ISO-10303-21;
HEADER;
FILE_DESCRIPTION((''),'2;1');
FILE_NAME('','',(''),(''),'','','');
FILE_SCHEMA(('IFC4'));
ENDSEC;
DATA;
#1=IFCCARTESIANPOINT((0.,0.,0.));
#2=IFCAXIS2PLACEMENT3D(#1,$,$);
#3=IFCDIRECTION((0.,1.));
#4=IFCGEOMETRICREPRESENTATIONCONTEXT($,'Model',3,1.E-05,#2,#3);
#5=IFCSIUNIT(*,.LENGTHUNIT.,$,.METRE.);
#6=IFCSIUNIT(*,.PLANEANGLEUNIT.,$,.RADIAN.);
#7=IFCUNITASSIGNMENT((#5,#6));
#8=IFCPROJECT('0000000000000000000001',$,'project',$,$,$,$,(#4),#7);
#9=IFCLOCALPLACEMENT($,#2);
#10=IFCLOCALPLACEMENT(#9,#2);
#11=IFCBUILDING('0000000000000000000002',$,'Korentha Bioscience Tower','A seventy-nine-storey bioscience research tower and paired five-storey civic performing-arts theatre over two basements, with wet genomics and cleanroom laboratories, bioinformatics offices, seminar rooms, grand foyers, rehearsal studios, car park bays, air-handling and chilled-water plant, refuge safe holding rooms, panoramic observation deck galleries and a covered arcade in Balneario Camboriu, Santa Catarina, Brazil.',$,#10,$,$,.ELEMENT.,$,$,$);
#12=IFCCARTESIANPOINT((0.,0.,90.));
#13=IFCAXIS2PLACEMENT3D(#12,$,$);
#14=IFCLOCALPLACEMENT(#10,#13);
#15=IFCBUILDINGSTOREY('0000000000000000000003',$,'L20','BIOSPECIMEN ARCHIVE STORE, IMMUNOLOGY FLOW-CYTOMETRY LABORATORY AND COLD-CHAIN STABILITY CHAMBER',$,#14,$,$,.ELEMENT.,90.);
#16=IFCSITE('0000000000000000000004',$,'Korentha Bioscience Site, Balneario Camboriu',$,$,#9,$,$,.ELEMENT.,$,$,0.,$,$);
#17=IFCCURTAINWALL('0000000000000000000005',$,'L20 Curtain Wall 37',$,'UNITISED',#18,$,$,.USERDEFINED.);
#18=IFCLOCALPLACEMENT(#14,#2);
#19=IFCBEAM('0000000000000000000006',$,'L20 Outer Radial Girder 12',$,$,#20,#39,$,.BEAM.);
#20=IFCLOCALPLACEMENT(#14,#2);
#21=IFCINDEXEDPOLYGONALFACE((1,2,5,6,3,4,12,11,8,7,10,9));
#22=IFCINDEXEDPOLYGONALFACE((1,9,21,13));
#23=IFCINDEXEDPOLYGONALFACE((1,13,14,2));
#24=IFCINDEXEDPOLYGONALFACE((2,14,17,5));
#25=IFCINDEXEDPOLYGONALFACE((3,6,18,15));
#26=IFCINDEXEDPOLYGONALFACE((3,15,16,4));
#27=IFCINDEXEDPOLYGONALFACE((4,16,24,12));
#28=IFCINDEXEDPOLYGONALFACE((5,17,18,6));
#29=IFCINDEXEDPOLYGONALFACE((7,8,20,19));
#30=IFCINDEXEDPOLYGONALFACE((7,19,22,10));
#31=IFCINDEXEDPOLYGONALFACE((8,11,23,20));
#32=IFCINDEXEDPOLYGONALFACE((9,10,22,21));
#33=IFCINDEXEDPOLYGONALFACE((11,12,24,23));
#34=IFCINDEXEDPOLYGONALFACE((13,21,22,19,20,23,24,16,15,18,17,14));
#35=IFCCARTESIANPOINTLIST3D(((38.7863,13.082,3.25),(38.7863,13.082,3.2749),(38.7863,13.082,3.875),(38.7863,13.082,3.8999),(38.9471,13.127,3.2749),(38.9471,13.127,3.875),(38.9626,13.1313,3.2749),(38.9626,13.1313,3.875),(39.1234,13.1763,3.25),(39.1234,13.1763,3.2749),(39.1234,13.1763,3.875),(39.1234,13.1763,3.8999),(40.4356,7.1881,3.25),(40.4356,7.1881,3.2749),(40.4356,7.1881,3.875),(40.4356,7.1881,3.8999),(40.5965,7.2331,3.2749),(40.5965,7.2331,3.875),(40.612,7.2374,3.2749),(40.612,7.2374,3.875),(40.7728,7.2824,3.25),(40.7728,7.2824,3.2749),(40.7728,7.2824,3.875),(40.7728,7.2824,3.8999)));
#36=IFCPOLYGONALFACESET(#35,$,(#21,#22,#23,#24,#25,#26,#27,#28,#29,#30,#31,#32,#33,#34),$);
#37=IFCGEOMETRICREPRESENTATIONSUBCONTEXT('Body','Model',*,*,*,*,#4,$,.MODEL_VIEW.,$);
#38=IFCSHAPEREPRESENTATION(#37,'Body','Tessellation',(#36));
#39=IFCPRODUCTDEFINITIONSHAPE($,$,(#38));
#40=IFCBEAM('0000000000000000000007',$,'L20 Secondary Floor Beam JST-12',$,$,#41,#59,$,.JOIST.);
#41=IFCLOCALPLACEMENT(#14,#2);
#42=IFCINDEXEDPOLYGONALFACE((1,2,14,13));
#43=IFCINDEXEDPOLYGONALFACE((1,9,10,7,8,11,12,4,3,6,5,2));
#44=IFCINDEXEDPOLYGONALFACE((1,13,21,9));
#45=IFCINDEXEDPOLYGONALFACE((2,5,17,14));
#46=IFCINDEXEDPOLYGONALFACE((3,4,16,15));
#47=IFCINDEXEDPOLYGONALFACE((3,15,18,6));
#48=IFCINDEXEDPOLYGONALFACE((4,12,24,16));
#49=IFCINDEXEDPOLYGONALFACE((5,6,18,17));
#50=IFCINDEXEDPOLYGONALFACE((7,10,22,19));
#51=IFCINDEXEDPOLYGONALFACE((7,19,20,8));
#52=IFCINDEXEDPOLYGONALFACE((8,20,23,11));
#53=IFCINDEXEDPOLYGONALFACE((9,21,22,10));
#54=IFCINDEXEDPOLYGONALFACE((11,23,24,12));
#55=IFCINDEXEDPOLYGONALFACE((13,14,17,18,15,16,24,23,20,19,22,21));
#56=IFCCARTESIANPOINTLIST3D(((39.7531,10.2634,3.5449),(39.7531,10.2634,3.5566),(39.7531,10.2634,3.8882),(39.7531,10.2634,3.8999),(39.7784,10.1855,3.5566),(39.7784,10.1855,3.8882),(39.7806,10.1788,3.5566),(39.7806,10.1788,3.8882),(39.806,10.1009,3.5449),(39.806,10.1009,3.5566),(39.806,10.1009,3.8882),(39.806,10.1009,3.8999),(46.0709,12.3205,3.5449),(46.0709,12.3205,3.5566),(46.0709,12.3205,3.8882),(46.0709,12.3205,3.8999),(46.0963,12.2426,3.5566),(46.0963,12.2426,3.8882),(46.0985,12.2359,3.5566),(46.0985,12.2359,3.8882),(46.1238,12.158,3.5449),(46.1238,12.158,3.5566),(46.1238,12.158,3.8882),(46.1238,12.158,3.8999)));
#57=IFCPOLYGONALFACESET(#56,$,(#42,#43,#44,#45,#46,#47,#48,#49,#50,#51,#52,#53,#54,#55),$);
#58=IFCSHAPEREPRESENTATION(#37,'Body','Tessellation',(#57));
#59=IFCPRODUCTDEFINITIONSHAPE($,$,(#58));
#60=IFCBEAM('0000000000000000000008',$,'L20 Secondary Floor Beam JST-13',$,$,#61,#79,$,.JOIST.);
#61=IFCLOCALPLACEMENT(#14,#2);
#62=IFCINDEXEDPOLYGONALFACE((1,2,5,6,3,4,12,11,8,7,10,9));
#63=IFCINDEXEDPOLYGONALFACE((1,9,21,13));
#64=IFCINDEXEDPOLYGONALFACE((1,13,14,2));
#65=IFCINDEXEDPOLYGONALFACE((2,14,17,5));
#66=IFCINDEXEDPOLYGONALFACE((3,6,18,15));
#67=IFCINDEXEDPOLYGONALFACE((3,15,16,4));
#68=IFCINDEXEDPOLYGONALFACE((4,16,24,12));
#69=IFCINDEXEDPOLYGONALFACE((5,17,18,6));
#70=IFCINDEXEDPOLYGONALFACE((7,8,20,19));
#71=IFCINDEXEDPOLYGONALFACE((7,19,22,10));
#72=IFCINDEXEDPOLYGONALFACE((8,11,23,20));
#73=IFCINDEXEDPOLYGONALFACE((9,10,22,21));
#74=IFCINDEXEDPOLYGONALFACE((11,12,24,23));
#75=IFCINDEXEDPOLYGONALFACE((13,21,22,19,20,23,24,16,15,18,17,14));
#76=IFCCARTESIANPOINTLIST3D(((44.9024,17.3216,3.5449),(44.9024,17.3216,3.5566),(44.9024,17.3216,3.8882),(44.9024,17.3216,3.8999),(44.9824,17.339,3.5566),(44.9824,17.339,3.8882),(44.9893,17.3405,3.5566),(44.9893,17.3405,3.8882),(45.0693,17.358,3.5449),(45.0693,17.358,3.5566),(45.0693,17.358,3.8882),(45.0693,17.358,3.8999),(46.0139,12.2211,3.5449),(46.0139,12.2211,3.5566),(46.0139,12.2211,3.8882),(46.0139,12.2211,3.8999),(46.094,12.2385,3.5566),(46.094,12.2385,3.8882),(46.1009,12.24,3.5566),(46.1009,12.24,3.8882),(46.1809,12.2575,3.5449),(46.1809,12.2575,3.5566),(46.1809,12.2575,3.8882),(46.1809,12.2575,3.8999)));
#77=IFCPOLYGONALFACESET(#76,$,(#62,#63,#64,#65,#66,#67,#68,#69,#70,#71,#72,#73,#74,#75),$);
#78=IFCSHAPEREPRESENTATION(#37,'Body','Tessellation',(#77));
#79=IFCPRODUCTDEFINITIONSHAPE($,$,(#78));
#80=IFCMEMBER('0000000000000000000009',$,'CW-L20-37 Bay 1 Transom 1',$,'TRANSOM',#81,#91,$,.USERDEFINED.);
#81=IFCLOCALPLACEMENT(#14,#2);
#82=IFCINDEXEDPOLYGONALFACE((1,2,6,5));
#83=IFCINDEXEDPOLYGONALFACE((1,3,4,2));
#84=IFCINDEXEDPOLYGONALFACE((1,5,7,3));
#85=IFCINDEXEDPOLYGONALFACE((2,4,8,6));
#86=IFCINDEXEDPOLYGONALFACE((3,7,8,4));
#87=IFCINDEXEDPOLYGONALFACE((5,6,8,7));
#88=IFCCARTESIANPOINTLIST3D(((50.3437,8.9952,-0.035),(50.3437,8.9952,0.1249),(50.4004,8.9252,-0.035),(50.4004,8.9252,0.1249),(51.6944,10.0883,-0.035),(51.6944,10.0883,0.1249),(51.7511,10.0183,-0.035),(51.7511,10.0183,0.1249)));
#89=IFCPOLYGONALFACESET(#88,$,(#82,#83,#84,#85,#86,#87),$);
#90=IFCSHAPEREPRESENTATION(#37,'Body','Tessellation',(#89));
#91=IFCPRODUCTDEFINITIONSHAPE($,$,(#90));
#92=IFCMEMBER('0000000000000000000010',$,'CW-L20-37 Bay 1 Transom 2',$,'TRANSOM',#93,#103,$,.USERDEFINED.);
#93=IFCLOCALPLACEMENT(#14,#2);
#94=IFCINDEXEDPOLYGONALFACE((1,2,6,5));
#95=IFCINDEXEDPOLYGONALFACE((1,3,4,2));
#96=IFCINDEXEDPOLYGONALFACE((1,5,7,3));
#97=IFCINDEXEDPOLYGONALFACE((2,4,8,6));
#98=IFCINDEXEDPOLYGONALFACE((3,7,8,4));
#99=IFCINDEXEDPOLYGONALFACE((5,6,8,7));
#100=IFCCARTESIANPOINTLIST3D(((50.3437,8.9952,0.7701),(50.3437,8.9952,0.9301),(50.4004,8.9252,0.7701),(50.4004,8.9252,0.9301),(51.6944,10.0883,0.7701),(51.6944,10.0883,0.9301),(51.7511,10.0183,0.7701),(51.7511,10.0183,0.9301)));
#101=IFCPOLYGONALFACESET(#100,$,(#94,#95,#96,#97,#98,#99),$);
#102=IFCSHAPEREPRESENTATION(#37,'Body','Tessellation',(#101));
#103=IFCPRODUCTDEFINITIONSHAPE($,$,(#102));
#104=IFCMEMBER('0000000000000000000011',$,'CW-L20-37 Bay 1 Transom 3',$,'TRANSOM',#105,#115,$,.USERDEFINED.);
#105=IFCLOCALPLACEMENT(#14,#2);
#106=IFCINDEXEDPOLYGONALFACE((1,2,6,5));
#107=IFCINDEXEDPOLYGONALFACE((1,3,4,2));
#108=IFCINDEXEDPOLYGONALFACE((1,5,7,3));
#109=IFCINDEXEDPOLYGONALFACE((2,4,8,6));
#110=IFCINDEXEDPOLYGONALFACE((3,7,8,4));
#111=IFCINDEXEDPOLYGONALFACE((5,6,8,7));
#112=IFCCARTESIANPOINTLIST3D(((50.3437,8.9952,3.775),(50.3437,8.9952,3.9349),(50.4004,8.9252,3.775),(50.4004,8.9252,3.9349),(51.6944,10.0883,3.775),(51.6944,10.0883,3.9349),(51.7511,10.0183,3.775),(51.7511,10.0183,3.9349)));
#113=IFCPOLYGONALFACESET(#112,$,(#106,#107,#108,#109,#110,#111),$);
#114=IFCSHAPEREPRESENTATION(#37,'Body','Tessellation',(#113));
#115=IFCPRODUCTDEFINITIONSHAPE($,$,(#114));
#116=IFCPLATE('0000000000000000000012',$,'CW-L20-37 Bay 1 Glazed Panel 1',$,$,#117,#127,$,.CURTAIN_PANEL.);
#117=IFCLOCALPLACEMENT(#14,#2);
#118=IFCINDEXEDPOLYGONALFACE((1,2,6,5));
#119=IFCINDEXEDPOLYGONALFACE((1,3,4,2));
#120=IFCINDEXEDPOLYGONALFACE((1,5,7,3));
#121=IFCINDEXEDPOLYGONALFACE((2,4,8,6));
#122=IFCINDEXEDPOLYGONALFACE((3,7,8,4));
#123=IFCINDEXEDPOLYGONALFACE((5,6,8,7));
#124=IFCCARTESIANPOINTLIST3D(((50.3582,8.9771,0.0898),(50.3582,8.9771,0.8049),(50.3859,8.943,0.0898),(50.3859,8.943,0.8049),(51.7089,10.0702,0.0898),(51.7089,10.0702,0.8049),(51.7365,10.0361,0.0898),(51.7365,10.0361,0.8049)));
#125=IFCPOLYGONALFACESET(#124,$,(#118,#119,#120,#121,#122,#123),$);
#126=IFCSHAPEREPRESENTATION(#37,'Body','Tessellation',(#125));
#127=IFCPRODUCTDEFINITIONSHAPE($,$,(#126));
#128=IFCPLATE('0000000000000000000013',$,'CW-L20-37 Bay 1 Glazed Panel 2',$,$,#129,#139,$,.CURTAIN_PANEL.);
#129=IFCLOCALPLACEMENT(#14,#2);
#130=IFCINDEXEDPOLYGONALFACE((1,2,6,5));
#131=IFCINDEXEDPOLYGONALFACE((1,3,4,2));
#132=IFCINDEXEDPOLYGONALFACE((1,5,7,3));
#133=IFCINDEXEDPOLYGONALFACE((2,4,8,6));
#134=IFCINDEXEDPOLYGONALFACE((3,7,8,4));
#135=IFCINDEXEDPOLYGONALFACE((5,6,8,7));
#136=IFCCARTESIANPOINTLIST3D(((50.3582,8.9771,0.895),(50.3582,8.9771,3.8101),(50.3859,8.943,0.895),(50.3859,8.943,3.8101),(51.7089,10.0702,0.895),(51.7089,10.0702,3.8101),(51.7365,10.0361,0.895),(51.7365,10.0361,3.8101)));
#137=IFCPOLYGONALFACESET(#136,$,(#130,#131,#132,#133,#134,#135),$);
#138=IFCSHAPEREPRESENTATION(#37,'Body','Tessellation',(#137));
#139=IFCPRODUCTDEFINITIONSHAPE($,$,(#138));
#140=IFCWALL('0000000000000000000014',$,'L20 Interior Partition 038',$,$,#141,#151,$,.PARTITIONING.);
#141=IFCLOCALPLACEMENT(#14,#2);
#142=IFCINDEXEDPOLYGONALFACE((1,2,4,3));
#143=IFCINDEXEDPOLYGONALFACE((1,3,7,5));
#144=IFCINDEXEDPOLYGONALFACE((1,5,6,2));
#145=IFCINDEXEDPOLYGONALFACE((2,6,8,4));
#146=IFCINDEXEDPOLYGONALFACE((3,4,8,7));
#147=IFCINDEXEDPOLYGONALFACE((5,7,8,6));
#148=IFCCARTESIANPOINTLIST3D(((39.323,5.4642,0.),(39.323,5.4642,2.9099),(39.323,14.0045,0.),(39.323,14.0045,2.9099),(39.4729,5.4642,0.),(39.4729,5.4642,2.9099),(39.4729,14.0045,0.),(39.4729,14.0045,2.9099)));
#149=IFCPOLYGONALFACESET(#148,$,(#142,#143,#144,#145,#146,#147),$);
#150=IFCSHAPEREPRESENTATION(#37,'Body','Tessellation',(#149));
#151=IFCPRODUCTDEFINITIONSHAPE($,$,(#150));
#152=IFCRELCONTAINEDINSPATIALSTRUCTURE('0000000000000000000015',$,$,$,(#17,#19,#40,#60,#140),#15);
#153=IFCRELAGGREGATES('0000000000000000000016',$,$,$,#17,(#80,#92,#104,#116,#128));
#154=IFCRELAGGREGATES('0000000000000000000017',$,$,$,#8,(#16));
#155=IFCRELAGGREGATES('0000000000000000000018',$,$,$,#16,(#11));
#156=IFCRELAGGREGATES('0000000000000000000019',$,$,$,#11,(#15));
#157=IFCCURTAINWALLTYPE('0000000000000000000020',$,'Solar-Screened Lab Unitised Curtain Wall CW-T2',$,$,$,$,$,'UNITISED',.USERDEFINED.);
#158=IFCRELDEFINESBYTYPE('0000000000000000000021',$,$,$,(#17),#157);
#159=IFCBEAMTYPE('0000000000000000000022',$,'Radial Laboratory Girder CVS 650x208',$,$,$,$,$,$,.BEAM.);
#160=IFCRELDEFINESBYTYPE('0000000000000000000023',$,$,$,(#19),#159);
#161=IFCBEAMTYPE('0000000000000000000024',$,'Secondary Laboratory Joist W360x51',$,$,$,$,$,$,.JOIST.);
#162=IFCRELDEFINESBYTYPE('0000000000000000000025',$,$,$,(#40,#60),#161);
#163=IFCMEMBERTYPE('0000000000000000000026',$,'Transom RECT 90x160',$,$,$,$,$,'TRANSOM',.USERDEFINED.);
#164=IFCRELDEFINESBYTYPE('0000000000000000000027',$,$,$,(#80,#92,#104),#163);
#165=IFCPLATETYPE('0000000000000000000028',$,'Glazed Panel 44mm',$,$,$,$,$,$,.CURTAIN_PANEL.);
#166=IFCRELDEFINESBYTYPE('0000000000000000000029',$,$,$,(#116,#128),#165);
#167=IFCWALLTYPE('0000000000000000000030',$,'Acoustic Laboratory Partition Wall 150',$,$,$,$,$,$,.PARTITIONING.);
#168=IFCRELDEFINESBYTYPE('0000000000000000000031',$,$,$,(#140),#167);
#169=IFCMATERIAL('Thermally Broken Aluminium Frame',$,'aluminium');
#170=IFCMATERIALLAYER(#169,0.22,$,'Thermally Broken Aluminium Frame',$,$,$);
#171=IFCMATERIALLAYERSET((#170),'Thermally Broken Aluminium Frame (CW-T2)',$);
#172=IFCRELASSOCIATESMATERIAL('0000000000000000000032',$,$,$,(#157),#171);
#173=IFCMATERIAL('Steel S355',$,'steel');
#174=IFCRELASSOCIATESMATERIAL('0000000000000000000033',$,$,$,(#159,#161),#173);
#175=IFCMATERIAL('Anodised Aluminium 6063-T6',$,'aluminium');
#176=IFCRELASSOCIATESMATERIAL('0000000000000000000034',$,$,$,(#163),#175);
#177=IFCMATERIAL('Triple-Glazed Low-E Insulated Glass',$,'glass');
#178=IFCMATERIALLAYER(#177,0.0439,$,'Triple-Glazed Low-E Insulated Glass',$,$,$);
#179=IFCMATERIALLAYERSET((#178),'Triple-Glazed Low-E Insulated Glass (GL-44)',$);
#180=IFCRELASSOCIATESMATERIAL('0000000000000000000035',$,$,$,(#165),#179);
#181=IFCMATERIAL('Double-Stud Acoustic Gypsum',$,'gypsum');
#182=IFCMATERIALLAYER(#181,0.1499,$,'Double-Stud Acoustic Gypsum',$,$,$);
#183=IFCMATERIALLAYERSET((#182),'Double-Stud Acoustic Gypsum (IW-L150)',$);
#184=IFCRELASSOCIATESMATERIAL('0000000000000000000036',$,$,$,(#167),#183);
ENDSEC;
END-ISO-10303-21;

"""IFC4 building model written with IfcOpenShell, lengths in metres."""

from ifc_helpers import new_model, si_unit, direction, frame, frame_2d, origin, origin_2d, place, context, subcontext, project, spatial, rectangle, i_section, extrude, material, layer, layer_set, material_profile, profile_set, type_object, element, aggregate, save


model = new_model("IFC4")

# Units and contexts
model_context = context("Model", 3, precision=1e-05, world=origin(), true_north=direction((0.0, 1.0)))
body_context = subcontext(model_context, "Body", "Model", "MODEL_VIEW")
ifc_project = project(units=[si_unit("LENGTHUNIT", "METRE"), si_unit("PLANEANGLEUNIT", "RADIAN")], contexts=[model_context])

# Site, building, storey
site_placement = place(None, origin())
site = spatial("IfcSite", under=ifc_project, at=site_placement, Name="Korentha Bioscience Site, Balneario Camboriu", CompositionType="ELEMENT", RefElevation=0.0)
building_placement = place(site_placement, origin())
building = spatial("IfcBuilding", under=site, at=building_placement, Name="Korentha Bioscience Tower", Description="A seventy-nine-storey bioscience research tower and paired five-storey civic performing-arts theatre over two basements, with wet genomics and cleanroom laboratories, bioinformatics offices, seminar rooms, grand foyers, rehearsal studios, car park bays, air-handling and chilled-water plant, refuge safe holding rooms, panoramic observation deck galleries and a covered arcade in Balneario Camboriu, Santa Catarina, Brazil.", CompositionType="ELEMENT")
storey_placement = place(building_placement, frame((0.0, 0.0, 90.0)))
storey = spatial("IfcBuildingStorey", under=building, at=storey_placement, Name="L20", Description="BIOSPECIMEN ARCHIVE STORE, IMMUNOLOGY FLOW-CYTOMETRY LABORATORY AND COLD-CHAIN STABILITY CHAMBER", CompositionType="ELEMENT", Elevation=90.0)

# Shared definitions
ifc_material_1 = material(Name="Steel S355", Category="steel")

# Curtain wall
ifc_material_2 = material(Name="Thermally Broken Aluminium Frame", Category="aluminium")
ifc_layer_1 = layer(ifc_material_2, 0.22, Name="Thermally Broken Aluminium Frame")
ifc_layer_set_1 = layer_set([ifc_layer_1], Name="Thermally Broken Aluminium Frame (CW-T2)")
curtain_wall_type = type_object("IfcCurtainWallType", Name="Solar-Screened Lab Unitised Curtain Wall CW-T2", ElementType="UNITISED", PredefinedType="USERDEFINED", material=ifc_layer_set_1)
curtain_wall_placement = place(storey_placement, origin())
curtain_wall = element("IfcCurtainWall", 1, at=curtain_wall_placement, inside=storey, type_object=curtain_wall_type, Name="L20 Curtain Wall 37", ObjectType="UNITISED", PredefinedType="USERDEFINED")
ifc_material_3 = material(Name="Anodised Aluminium 6063-T6", Category="aluminium")

# Beams
ifc_material_profile_1 = material_profile(ifc_material_1, i_section(OverallWidth=0.3501, OverallDepth=0.6499, WebThickness=0.0161, FlangeThickness=0.0249, at=origin_2d()), Name="Steel S355")
ifc_profile_set_1 = profile_set([ifc_material_profile_1], Name="Steel S355 (RB-650)")
beam_type_1 = type_object("IfcBeamType", Name="Radial Laboratory Girder CVS 650x208", PredefinedType="BEAM", material=ifc_profile_set_1)
beam_1_placement = place(storey_placement, frame((38.9548, 13.1292, 3.575), z_axis=(0.269491, -0.963003, 0.0), x_axis=(0.963003, 0.269491, 0.0)))
element("IfcBeam", 2, at=beam_1_placement, inside=storey, type_object=beam_type_1, Name="L20 Outer Radial Girder 12", PredefinedType="BEAM", context=body_context, shape_type="SweptSolid", body=[
    extrude(i_section(OverallWidth=0.3501, OverallDepth=0.6499, WebThickness=0.0161, FlangeThickness=0.0249, at=origin_2d()), origin(), (0.0, 0.0, 1.0), 6.1204),
])
ifc_material_profile_2 = material_profile(ifc_material_1, i_section(OverallWidth=0.1709, OverallDepth=0.355, WebThickness=0.0071, FlangeThickness=0.0117, at=origin_2d()), Name="Steel S355")
ifc_profile_set_2 = profile_set([ifc_material_profile_2], Name="Steel S355 (JB-360)")
beam_type_2 = type_object("IfcBeamType", Name="Secondary Laboratory Joist W360x51", PredefinedType="JOIST", material=ifc_profile_set_2)
beam_2_placement = place(storey_placement, frame((39.7795, 10.1821, 3.7224), z_axis=(0.950865, 0.309606, 0.0), x_axis=(-0.309606, 0.950865, 0.0)))
element("IfcBeam", 3, at=beam_2_placement, inside=storey, type_object=beam_type_2, Name="L20 Secondary Floor Beam JST-12", PredefinedType="JOIST", context=body_context, shape_type="SweptSolid", body=[
    extrude(i_section(OverallWidth=0.1709, OverallDepth=0.355, WebThickness=0.0071, FlangeThickness=0.0117, at=origin_2d()), origin(), (0.0, 0.0, 1.0), 6.6443),
])
beam_3_placement = place(storey_placement, frame((46.0974, 12.2393, 3.7224), z_axis=(-0.212932, 0.977067, 0.0), x_axis=(-0.977067, -0.212932, 0.0)))
element("IfcBeam", 4, at=beam_3_placement, inside=storey, type_object=beam_type_2, Name="L20 Secondary Floor Beam JST-13", PredefinedType="JOIST", context=body_context, shape_type="SweptSolid", body=[
    extrude(i_section(OverallWidth=0.1709, OverallDepth=0.355, WebThickness=0.0071, FlangeThickness=0.0117, at=origin_2d()), origin(), (0.0, 0.0, 1.0), 5.2202),
])

# Members
ifc_material_profile_3 = material_profile(ifc_material_3, rectangle(XDim=0.0901, YDim=0.1599, at=origin_2d()), Name="Anodised Aluminium 6063-T6")
ifc_profile_set_3 = profile_set([ifc_material_profile_3], Name="Anodised Aluminium 6063-T6 (CW-TRN)")
member_type_1 = type_object("IfcMemberType", Name="Transom RECT 90x160", ElementType="TRANSOM", PredefinedType="USERDEFINED", material=ifc_profile_set_3)
member_1_placement = place(storey_placement, frame((50.3721, 8.9602, 0.0449), z_axis=(0.777333, 0.629089, 0.0), x_axis=(-0.629089, 0.777333, 0.0)))
member_1 = element("IfcMember", 5, at=member_1_placement, type_object=member_type_1, Name="CW-L20-37 Bay 1 Transom 1", ObjectType="TRANSOM", PredefinedType="USERDEFINED", context=body_context, shape_type="SweptSolid", body=[
    extrude(rectangle(XDim=0.0901, YDim=0.1599, at=origin_2d()), origin(), (0.0, 0.0, 1.0), 1.7375),
])
member_2_placement = place(storey_placement, frame((50.3721, 8.9602, 0.8501), z_axis=(0.777333, 0.629089, 0.0), x_axis=(-0.629089, 0.777333, 0.0)))
member_2 = element("IfcMember", 6, at=member_2_placement, type_object=member_type_1, Name="CW-L20-37 Bay 1 Transom 2", ObjectType="TRANSOM", PredefinedType="USERDEFINED", context=body_context, shape_type="SweptSolid", body=[
    extrude(rectangle(XDim=0.0901, YDim=0.1599, at=origin_2d()), origin(), (0.0, 0.0, 1.0), 1.7375),
])
member_3_placement = place(storey_placement, frame((50.3721, 8.9602, 3.855), z_axis=(0.777333, 0.629089, 0.0), x_axis=(-0.629089, 0.777333, 0.0)))
member_3 = element("IfcMember", 7, at=member_3_placement, type_object=member_type_1, Name="CW-L20-37 Bay 1 Transom 3", ObjectType="TRANSOM", PredefinedType="USERDEFINED", context=body_context, shape_type="SweptSolid", body=[
    extrude(rectangle(XDim=0.0901, YDim=0.1599, at=origin_2d()), origin(), (0.0, 0.0, 1.0), 1.7375),
])

# Plates
ifc_material_4 = material(Name="Triple-Glazed Low-E Insulated Glass", Category="glass")
ifc_layer_2 = layer(ifc_material_4, 0.0439, Name="Triple-Glazed Low-E Insulated Glass")
ifc_layer_set_2 = layer_set([ifc_layer_2], Name="Triple-Glazed Low-E Insulated Glass (GL-44)")
plate_type = type_object("IfcPlateType", Name="Glazed Panel 44mm", PredefinedType="CURTAIN_PANEL", material=ifc_layer_set_2)
plate_1_placement = place(storey_placement, frame((51.0474, 9.5066, 0.0898), z_axis=(0.0, 0.0, 1.0), x_axis=(0.777315, 0.629111, 0.0)))
plate_1 = element("IfcPlate", 8, at=plate_1_placement, type_object=plate_type, Name="CW-L20-37 Bay 1 Glazed Panel 1", PredefinedType="CURTAIN_PANEL", context=body_context, shape_type="SweptSolid", body=[
    extrude(rectangle(XDim=1.7375, YDim=0.0439, at=origin_2d()), origin(), (0.0, 0.0, 1.0), 0.7151),
])
plate_2_placement = place(storey_placement, frame((51.0474, 9.5066, 0.895), z_axis=(0.0, 0.0, 1.0), x_axis=(0.777315, 0.629111, 0.0)))
plate_2 = element("IfcPlate", 9, at=plate_2_placement, type_object=plate_type, Name="CW-L20-37 Bay 1 Glazed Panel 2", PredefinedType="CURTAIN_PANEL", context=body_context, shape_type="SweptSolid", body=[
    extrude(rectangle(XDim=1.7375, YDim=0.0439, at=origin_2d()), origin(), (0.0, 0.0, 1.0), 2.915),
])
aggregate(curtain_wall, [member_1, member_2, member_3, plate_1, plate_2])

# Wall
ifc_material_5 = material(Name="Double-Stud Acoustic Gypsum", Category="gypsum")
ifc_layer_3 = layer(ifc_material_5, 0.1499, Name="Double-Stud Acoustic Gypsum")
ifc_layer_set_3 = layer_set([ifc_layer_3], Name="Double-Stud Acoustic Gypsum (IW-L150)")
wall_type_1 = type_object("IfcWallType", Name="Acoustic Laboratory Partition Wall 150", PredefinedType="PARTITIONING", material=ifc_layer_set_3)
wall_1_placement = place(storey_placement, frame((39.3979, 14.0044, 0.0), z_axis=(0.0, 0.0, 1.0), x_axis=(0.0, -1.0, 0.0)))
element("IfcWall", 10, at=wall_1_placement, inside=storey, type_object=wall_type_1, Name="L20 Interior Partition 038", PredefinedType="PARTITIONING", context=body_context, shape_type="SweptSolid", body=[
    extrude(rectangle(XDim=8.5403, YDim=0.1499, at=frame_2d((4.27, 0.0))), origin(), (0.0, 0.0, 1.0), 2.9099),
])

save(model, "model.ifc")
